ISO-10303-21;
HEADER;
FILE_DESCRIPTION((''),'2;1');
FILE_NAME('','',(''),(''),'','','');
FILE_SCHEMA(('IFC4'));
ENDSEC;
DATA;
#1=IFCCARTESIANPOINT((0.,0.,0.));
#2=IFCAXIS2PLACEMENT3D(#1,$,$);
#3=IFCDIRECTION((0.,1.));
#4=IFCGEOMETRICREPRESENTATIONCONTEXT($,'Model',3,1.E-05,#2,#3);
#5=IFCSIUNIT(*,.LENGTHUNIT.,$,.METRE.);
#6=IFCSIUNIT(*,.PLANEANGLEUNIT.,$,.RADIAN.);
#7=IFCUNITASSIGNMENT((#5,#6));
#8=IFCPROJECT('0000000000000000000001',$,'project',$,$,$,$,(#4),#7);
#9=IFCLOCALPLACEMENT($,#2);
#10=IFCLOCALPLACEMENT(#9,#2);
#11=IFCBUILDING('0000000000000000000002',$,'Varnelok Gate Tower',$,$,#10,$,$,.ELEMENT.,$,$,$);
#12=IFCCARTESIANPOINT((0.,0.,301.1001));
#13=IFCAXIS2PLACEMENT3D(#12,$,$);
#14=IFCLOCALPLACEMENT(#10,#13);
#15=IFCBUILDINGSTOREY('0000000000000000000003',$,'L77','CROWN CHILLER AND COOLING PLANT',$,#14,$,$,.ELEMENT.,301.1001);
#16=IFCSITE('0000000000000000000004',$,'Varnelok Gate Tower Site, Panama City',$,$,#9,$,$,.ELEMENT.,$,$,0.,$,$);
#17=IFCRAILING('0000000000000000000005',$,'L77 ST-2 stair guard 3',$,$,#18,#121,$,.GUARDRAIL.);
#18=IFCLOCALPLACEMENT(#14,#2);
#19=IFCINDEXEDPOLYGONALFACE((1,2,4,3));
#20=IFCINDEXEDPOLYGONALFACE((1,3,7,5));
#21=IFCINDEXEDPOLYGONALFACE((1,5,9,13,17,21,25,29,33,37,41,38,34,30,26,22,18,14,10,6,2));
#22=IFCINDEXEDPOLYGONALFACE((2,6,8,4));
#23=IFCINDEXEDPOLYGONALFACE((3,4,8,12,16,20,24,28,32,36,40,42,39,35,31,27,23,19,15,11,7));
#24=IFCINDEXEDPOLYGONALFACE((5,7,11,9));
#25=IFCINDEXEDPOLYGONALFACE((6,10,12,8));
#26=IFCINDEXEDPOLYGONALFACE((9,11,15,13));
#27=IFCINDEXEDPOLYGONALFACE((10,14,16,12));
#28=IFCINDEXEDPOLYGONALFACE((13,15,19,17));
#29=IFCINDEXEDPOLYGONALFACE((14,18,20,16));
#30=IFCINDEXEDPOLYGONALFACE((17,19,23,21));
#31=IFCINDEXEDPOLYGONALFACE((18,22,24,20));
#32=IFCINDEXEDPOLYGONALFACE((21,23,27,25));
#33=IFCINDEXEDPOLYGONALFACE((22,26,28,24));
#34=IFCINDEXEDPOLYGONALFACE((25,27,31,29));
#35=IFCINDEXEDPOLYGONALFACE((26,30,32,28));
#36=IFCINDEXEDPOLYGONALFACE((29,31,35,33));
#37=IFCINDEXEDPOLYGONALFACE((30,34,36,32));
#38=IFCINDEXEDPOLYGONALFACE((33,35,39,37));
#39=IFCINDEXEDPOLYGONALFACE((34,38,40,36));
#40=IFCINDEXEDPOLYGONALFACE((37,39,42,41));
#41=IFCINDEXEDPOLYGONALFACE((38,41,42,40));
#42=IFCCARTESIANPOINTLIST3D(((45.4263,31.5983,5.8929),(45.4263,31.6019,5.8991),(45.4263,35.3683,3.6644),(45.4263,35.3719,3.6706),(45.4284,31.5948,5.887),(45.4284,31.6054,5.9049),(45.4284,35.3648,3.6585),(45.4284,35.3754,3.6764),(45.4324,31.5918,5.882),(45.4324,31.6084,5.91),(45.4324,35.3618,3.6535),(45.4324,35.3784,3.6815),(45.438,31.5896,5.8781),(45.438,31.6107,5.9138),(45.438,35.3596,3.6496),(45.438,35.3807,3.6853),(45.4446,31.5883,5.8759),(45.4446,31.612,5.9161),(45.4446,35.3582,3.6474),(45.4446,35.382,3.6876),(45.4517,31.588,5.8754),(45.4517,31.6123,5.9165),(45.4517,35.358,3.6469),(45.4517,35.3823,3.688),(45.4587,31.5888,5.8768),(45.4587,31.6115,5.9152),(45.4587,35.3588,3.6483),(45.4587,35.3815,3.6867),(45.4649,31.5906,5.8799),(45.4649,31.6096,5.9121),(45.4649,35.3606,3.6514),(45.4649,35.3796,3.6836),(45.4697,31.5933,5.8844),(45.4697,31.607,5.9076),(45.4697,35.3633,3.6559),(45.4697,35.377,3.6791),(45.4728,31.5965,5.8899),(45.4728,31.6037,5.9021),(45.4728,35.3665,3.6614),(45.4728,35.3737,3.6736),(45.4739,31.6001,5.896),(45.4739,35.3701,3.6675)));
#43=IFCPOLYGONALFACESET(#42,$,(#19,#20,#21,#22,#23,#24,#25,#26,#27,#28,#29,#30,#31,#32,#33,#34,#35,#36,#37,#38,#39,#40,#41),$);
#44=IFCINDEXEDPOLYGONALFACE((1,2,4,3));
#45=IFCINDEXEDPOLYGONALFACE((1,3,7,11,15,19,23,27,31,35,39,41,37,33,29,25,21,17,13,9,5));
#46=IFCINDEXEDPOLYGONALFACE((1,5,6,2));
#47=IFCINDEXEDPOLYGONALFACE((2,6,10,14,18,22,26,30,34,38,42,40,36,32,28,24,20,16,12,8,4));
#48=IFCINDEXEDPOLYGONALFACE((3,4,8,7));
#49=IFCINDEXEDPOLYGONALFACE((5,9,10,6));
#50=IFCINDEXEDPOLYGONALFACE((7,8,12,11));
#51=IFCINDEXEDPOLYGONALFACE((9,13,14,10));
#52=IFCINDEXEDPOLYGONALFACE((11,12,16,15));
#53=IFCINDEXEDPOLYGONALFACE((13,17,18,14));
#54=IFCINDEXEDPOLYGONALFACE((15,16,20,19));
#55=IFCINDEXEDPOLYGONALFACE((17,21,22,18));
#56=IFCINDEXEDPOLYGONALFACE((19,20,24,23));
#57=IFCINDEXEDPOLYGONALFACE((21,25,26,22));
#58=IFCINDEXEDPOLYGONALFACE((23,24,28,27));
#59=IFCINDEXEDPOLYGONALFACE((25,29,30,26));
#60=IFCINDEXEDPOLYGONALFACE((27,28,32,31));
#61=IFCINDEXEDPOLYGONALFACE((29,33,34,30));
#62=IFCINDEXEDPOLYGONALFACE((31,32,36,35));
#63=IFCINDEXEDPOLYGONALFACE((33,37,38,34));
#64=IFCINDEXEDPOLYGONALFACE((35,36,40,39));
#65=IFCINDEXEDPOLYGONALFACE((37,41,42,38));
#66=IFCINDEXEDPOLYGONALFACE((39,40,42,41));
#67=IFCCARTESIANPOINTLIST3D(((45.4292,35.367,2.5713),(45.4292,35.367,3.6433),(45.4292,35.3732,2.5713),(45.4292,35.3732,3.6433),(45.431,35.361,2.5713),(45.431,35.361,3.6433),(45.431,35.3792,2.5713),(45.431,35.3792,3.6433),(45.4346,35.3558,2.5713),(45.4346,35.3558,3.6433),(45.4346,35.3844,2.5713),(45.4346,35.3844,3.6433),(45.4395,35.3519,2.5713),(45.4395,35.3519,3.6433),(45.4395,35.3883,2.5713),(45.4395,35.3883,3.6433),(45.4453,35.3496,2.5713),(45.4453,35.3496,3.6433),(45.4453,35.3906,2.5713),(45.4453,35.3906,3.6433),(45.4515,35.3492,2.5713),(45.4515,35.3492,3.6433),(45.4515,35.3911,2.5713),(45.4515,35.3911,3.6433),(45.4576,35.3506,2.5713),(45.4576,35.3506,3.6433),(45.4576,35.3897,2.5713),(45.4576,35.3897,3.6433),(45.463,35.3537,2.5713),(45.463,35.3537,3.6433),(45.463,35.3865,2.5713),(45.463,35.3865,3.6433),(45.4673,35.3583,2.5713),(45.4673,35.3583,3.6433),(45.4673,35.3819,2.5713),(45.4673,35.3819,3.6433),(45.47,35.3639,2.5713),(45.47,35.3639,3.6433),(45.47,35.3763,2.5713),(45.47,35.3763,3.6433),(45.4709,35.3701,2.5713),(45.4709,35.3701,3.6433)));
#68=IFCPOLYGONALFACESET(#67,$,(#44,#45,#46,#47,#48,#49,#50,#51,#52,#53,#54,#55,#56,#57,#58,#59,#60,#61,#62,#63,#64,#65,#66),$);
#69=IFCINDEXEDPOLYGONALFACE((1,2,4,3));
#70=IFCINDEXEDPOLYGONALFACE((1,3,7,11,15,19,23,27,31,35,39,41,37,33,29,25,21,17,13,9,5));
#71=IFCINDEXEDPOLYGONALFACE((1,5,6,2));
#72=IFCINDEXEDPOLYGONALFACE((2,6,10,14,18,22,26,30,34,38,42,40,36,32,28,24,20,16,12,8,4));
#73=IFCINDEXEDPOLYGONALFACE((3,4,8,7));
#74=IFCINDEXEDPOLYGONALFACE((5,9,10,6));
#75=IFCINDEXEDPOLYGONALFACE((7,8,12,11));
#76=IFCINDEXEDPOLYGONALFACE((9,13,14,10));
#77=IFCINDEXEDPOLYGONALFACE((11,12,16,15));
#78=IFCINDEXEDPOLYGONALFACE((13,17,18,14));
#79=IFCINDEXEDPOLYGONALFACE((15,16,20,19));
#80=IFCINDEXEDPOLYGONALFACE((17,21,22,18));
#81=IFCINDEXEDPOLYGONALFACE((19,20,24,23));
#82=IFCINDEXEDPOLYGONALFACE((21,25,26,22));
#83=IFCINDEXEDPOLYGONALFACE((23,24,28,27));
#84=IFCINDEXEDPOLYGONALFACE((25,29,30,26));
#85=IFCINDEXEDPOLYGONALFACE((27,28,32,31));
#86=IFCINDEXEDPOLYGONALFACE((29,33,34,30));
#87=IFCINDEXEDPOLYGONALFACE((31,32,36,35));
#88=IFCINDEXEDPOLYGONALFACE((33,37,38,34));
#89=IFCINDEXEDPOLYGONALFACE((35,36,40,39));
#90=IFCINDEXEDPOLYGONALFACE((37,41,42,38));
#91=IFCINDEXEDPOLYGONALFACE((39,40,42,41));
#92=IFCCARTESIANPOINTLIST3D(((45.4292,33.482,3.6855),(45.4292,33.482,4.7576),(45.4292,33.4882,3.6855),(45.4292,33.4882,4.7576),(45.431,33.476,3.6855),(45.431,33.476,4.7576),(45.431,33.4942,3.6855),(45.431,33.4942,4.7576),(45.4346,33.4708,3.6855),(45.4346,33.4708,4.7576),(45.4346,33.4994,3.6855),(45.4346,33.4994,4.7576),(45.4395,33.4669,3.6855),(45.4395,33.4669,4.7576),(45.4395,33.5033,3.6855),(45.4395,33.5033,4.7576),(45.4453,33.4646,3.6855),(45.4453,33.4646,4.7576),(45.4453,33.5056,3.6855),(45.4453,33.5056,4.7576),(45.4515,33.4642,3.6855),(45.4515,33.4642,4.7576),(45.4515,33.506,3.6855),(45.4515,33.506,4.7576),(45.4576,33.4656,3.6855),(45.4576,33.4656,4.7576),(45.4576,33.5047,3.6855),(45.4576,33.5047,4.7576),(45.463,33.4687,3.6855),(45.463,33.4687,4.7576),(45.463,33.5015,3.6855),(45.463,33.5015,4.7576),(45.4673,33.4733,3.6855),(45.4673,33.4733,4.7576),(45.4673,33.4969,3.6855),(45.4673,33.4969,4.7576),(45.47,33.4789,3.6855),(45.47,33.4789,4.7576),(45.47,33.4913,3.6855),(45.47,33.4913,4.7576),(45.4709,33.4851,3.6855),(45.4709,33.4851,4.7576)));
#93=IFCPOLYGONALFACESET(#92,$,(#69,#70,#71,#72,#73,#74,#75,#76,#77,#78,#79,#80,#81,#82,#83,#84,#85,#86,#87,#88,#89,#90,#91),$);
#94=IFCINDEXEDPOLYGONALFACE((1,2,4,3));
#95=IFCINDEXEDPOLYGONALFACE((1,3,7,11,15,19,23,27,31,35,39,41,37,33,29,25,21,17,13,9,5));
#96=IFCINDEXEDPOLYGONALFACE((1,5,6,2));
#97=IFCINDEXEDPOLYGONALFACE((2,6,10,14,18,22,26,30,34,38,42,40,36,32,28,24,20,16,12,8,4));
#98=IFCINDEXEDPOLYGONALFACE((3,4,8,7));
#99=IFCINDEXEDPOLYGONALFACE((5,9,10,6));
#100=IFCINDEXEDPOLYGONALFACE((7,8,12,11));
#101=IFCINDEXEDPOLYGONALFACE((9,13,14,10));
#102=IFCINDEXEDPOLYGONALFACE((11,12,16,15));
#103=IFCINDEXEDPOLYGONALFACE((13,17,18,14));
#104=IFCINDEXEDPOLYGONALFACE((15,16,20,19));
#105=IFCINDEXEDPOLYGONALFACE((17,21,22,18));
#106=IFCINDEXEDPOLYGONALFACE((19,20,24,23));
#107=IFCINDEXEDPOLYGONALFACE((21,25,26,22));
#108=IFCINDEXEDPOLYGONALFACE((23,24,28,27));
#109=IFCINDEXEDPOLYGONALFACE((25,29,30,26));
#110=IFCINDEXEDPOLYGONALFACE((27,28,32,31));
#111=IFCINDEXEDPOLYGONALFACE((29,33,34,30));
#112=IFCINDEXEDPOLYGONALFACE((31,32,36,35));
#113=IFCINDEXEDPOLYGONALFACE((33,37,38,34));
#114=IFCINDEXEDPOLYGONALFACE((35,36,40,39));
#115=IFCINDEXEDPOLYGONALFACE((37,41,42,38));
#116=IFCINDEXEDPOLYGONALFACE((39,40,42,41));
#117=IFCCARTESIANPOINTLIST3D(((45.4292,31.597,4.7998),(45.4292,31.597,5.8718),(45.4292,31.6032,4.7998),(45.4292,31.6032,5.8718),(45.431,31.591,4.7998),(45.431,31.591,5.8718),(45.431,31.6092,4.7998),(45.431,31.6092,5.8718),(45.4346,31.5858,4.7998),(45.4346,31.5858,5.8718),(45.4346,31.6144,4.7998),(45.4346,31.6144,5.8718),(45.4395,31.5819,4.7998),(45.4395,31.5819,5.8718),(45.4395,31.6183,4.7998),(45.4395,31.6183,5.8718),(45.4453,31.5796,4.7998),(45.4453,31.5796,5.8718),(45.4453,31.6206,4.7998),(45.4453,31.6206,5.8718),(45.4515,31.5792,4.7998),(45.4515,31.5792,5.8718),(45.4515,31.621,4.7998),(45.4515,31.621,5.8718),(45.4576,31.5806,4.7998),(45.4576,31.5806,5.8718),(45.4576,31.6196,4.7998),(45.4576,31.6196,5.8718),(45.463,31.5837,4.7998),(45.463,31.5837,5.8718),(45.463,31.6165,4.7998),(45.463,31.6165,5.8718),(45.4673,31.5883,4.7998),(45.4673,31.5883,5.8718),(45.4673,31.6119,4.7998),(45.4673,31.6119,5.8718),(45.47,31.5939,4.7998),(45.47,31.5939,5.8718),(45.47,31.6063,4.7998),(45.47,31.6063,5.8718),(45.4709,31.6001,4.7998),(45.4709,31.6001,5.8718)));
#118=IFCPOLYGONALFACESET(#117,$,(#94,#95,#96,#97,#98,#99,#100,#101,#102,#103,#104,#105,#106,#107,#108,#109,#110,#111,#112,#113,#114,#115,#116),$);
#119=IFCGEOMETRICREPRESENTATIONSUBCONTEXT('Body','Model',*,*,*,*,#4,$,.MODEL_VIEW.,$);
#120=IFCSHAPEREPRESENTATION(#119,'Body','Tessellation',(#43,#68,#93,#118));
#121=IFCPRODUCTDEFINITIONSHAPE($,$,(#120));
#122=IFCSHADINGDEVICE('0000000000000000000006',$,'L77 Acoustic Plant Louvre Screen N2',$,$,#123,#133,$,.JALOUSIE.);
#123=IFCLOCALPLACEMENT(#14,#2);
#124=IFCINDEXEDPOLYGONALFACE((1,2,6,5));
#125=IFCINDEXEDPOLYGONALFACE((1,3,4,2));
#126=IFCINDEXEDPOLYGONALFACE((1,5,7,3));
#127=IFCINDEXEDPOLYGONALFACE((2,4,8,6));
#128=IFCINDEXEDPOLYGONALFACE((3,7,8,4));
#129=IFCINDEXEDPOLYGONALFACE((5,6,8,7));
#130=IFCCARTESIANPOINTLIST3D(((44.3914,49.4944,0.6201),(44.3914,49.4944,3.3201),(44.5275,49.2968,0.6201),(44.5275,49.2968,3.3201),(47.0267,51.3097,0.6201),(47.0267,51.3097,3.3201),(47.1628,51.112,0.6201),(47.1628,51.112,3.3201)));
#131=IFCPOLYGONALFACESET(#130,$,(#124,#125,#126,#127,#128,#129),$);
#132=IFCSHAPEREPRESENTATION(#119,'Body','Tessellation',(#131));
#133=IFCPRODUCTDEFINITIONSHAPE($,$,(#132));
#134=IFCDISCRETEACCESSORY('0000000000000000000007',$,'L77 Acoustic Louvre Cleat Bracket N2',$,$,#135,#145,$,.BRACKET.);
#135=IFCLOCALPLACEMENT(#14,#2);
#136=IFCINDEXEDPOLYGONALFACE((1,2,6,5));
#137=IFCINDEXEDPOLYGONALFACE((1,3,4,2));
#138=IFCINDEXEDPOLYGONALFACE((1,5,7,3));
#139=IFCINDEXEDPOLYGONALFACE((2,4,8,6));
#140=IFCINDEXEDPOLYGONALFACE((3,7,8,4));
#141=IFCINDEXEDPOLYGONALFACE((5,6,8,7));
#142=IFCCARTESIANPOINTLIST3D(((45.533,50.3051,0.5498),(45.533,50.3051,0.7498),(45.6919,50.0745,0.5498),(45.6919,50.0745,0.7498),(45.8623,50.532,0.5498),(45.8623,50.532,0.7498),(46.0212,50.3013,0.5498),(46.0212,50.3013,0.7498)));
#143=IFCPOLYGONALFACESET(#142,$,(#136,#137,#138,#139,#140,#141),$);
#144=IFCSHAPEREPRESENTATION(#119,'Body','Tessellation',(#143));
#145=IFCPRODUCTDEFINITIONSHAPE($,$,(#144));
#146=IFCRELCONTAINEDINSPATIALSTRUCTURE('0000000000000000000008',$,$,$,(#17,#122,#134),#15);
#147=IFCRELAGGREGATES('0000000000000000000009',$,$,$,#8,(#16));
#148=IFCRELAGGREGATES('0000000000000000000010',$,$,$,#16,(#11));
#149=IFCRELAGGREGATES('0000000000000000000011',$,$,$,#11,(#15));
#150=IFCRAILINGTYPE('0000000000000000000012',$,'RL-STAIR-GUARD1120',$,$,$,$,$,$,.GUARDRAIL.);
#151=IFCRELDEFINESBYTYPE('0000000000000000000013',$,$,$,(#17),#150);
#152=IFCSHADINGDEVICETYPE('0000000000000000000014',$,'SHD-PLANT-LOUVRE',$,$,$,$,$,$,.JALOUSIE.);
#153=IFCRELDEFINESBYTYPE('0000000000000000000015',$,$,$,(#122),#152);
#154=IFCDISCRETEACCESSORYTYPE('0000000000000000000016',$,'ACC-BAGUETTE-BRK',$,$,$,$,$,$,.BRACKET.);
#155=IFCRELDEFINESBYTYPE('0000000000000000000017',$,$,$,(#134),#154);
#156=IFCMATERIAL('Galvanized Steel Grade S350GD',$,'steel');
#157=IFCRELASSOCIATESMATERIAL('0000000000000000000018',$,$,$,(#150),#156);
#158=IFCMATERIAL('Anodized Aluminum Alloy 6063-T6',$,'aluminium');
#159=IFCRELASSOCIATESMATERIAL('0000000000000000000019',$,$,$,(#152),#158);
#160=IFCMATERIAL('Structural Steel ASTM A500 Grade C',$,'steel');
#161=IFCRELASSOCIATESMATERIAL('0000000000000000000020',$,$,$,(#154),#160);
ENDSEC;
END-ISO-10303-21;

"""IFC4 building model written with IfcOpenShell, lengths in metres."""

from ifc_helpers import new_model, si_unit, direction, frame, origin, origin_2d, place, context, subcontext, project, spatial, rectangle, circle, extrude, source, transform, mapped, material, type_object, element, save


model = new_model("IFC4")

# Units and contexts
model_context = context("Model", 3, precision=1e-05, world=origin(), true_north=direction((0.0, 1.0)))
body_context = subcontext(model_context, "Body", "Model", "MODEL_VIEW")
ifc_project = project(units=[si_unit("LENGTHUNIT", "METRE"), si_unit("PLANEANGLEUNIT", "RADIAN")], contexts=[model_context])

# Site, building, storey
site_placement = place(None, origin())
site = spatial("IfcSite", under=ifc_project, at=site_placement, Name="Varnelok Gate Tower Site, Panama City", CompositionType="ELEMENT", RefElevation=0.0)
building_placement = place(site_placement, origin())
building = spatial("IfcBuilding", under=site, at=building_placement, Name="Varnelok Gate Tower", CompositionType="ELEMENT")
storey_placement = place(building_placement, frame((0.0, 0.0, 301.1001)))
storey = spatial("IfcBuildingStorey", under=building, at=storey_placement, Name="L77", Description="CROWN CHILLER AND COOLING PLANT", CompositionType="ELEMENT", Elevation=301.1001)

# Shared definitions
ifc_material_1 = material(Name="Structural Steel ASTM A500 Grade C", Category="steel")

# Shared definitions
ifc_material_2 = material(Name="Galvanized Steel Grade S350GD", Category="steel")

# Railing
railing_type_1 = type_object("IfcRailingType", Name="RL-STAIR-GUARD1120", PredefinedType="GUARDRAIL", material=ifc_material_2)
railing_1_placement = place(storey_placement, frame((45.45, 35.3701, 2.5713)))
element("IfcRailing", 1, at=railing_1_placement, inside=storey, type_object=railing_type_1, Name="L77 ST-2 stair guard 3", PredefinedType="GUARDRAIL", context=body_context, shape_type="SweptSolid", body=[
    extrude(circle(Radius=0.0239, at=origin_2d()), frame((0.0, 0.0, 1.0962), z_axis=(0.0, -0.860849, 0.508861), x_axis=(1.0, 0.0, 0.0)), (0.0, 0.0, 1.0), 4.3794),
    extrude(circle(Radius=0.021, at=origin_2d()), origin(), (0.0, 0.0, 1.0), 1.072),
    extrude(circle(Radius=0.021, at=origin_2d()), frame((0.0, -1.885, 1.1143)), (0.0, 0.0, 1.0), 1.072),
    extrude(circle(Radius=0.021, at=origin_2d()), frame((0.0, -3.77, 2.2285)), (0.0, 0.0, 1.0), 1.072),
])

# Shading device
ifc_material_3 = material(Name="Anodized Aluminum Alloy 6063-T6", Category="aluminium")
shading_device_type = type_object("IfcShadingDeviceType", Name="SHD-PLANT-LOUVRE", PredefinedType="JALOUSIE", material=ifc_material_3)
shared_shape_1 = source(origin(), body_context, "Body", "SweptSolid", [
    extrude(rectangle(XDim=3.2, YDim=0.24, at=origin_2d()), origin(), (0.0, 0.0, 1.0), 2.7),
])
shading_device_placement = place(storey_placement, frame((45.7771, 50.3032, 0.6201), z_axis=(0.0, 0.0, 1.0), x_axis=(0.823533, 0.567269, 0.0)))
element("IfcShadingDevice", 2, at=shading_device_placement, inside=storey, type_object=shading_device_type, Name="L77 Acoustic Plant Louvre Screen N2", PredefinedType="JALOUSIE", context=body_context, shape_type="MappedRepresentation", body=[
    mapped(shared_shape_1, transform((0.0, 0.0, 0.0), scale=1.0)),
])

# Discrete accessory
discrete_accessory_type = type_object("IfcDiscreteAccessoryType", Name="ACC-BAGUETTE-BRK", PredefinedType="BRACKET", material=ifc_material_1)
shared_shape_2 = source(origin(), body_context, "Body", "SweptSolid", [
    extrude(rectangle(XDim=0.3999, YDim=0.28, at=origin_2d()), origin(), (0.0, 0.0, 1.0), 0.2),
])
discrete_accessory_placement = place(storey_placement, frame((45.7771, 50.3032, 0.5498), z_axis=(0.0, 0.0, 1.0), x_axis=(0.823533, 0.567269, 0.0)))
element("IfcDiscreteAccessory", 3, at=discrete_accessory_placement, inside=storey, type_object=discrete_accessory_type, Name="L77 Acoustic Louvre Cleat Bracket N2", PredefinedType="BRACKET", context=body_context, shape_type="MappedRepresentation", body=[
    mapped(shared_shape_2, transform((0.0, 0.0, 0.0), scale=1.0)),
])

save(model, "model.ifc")
